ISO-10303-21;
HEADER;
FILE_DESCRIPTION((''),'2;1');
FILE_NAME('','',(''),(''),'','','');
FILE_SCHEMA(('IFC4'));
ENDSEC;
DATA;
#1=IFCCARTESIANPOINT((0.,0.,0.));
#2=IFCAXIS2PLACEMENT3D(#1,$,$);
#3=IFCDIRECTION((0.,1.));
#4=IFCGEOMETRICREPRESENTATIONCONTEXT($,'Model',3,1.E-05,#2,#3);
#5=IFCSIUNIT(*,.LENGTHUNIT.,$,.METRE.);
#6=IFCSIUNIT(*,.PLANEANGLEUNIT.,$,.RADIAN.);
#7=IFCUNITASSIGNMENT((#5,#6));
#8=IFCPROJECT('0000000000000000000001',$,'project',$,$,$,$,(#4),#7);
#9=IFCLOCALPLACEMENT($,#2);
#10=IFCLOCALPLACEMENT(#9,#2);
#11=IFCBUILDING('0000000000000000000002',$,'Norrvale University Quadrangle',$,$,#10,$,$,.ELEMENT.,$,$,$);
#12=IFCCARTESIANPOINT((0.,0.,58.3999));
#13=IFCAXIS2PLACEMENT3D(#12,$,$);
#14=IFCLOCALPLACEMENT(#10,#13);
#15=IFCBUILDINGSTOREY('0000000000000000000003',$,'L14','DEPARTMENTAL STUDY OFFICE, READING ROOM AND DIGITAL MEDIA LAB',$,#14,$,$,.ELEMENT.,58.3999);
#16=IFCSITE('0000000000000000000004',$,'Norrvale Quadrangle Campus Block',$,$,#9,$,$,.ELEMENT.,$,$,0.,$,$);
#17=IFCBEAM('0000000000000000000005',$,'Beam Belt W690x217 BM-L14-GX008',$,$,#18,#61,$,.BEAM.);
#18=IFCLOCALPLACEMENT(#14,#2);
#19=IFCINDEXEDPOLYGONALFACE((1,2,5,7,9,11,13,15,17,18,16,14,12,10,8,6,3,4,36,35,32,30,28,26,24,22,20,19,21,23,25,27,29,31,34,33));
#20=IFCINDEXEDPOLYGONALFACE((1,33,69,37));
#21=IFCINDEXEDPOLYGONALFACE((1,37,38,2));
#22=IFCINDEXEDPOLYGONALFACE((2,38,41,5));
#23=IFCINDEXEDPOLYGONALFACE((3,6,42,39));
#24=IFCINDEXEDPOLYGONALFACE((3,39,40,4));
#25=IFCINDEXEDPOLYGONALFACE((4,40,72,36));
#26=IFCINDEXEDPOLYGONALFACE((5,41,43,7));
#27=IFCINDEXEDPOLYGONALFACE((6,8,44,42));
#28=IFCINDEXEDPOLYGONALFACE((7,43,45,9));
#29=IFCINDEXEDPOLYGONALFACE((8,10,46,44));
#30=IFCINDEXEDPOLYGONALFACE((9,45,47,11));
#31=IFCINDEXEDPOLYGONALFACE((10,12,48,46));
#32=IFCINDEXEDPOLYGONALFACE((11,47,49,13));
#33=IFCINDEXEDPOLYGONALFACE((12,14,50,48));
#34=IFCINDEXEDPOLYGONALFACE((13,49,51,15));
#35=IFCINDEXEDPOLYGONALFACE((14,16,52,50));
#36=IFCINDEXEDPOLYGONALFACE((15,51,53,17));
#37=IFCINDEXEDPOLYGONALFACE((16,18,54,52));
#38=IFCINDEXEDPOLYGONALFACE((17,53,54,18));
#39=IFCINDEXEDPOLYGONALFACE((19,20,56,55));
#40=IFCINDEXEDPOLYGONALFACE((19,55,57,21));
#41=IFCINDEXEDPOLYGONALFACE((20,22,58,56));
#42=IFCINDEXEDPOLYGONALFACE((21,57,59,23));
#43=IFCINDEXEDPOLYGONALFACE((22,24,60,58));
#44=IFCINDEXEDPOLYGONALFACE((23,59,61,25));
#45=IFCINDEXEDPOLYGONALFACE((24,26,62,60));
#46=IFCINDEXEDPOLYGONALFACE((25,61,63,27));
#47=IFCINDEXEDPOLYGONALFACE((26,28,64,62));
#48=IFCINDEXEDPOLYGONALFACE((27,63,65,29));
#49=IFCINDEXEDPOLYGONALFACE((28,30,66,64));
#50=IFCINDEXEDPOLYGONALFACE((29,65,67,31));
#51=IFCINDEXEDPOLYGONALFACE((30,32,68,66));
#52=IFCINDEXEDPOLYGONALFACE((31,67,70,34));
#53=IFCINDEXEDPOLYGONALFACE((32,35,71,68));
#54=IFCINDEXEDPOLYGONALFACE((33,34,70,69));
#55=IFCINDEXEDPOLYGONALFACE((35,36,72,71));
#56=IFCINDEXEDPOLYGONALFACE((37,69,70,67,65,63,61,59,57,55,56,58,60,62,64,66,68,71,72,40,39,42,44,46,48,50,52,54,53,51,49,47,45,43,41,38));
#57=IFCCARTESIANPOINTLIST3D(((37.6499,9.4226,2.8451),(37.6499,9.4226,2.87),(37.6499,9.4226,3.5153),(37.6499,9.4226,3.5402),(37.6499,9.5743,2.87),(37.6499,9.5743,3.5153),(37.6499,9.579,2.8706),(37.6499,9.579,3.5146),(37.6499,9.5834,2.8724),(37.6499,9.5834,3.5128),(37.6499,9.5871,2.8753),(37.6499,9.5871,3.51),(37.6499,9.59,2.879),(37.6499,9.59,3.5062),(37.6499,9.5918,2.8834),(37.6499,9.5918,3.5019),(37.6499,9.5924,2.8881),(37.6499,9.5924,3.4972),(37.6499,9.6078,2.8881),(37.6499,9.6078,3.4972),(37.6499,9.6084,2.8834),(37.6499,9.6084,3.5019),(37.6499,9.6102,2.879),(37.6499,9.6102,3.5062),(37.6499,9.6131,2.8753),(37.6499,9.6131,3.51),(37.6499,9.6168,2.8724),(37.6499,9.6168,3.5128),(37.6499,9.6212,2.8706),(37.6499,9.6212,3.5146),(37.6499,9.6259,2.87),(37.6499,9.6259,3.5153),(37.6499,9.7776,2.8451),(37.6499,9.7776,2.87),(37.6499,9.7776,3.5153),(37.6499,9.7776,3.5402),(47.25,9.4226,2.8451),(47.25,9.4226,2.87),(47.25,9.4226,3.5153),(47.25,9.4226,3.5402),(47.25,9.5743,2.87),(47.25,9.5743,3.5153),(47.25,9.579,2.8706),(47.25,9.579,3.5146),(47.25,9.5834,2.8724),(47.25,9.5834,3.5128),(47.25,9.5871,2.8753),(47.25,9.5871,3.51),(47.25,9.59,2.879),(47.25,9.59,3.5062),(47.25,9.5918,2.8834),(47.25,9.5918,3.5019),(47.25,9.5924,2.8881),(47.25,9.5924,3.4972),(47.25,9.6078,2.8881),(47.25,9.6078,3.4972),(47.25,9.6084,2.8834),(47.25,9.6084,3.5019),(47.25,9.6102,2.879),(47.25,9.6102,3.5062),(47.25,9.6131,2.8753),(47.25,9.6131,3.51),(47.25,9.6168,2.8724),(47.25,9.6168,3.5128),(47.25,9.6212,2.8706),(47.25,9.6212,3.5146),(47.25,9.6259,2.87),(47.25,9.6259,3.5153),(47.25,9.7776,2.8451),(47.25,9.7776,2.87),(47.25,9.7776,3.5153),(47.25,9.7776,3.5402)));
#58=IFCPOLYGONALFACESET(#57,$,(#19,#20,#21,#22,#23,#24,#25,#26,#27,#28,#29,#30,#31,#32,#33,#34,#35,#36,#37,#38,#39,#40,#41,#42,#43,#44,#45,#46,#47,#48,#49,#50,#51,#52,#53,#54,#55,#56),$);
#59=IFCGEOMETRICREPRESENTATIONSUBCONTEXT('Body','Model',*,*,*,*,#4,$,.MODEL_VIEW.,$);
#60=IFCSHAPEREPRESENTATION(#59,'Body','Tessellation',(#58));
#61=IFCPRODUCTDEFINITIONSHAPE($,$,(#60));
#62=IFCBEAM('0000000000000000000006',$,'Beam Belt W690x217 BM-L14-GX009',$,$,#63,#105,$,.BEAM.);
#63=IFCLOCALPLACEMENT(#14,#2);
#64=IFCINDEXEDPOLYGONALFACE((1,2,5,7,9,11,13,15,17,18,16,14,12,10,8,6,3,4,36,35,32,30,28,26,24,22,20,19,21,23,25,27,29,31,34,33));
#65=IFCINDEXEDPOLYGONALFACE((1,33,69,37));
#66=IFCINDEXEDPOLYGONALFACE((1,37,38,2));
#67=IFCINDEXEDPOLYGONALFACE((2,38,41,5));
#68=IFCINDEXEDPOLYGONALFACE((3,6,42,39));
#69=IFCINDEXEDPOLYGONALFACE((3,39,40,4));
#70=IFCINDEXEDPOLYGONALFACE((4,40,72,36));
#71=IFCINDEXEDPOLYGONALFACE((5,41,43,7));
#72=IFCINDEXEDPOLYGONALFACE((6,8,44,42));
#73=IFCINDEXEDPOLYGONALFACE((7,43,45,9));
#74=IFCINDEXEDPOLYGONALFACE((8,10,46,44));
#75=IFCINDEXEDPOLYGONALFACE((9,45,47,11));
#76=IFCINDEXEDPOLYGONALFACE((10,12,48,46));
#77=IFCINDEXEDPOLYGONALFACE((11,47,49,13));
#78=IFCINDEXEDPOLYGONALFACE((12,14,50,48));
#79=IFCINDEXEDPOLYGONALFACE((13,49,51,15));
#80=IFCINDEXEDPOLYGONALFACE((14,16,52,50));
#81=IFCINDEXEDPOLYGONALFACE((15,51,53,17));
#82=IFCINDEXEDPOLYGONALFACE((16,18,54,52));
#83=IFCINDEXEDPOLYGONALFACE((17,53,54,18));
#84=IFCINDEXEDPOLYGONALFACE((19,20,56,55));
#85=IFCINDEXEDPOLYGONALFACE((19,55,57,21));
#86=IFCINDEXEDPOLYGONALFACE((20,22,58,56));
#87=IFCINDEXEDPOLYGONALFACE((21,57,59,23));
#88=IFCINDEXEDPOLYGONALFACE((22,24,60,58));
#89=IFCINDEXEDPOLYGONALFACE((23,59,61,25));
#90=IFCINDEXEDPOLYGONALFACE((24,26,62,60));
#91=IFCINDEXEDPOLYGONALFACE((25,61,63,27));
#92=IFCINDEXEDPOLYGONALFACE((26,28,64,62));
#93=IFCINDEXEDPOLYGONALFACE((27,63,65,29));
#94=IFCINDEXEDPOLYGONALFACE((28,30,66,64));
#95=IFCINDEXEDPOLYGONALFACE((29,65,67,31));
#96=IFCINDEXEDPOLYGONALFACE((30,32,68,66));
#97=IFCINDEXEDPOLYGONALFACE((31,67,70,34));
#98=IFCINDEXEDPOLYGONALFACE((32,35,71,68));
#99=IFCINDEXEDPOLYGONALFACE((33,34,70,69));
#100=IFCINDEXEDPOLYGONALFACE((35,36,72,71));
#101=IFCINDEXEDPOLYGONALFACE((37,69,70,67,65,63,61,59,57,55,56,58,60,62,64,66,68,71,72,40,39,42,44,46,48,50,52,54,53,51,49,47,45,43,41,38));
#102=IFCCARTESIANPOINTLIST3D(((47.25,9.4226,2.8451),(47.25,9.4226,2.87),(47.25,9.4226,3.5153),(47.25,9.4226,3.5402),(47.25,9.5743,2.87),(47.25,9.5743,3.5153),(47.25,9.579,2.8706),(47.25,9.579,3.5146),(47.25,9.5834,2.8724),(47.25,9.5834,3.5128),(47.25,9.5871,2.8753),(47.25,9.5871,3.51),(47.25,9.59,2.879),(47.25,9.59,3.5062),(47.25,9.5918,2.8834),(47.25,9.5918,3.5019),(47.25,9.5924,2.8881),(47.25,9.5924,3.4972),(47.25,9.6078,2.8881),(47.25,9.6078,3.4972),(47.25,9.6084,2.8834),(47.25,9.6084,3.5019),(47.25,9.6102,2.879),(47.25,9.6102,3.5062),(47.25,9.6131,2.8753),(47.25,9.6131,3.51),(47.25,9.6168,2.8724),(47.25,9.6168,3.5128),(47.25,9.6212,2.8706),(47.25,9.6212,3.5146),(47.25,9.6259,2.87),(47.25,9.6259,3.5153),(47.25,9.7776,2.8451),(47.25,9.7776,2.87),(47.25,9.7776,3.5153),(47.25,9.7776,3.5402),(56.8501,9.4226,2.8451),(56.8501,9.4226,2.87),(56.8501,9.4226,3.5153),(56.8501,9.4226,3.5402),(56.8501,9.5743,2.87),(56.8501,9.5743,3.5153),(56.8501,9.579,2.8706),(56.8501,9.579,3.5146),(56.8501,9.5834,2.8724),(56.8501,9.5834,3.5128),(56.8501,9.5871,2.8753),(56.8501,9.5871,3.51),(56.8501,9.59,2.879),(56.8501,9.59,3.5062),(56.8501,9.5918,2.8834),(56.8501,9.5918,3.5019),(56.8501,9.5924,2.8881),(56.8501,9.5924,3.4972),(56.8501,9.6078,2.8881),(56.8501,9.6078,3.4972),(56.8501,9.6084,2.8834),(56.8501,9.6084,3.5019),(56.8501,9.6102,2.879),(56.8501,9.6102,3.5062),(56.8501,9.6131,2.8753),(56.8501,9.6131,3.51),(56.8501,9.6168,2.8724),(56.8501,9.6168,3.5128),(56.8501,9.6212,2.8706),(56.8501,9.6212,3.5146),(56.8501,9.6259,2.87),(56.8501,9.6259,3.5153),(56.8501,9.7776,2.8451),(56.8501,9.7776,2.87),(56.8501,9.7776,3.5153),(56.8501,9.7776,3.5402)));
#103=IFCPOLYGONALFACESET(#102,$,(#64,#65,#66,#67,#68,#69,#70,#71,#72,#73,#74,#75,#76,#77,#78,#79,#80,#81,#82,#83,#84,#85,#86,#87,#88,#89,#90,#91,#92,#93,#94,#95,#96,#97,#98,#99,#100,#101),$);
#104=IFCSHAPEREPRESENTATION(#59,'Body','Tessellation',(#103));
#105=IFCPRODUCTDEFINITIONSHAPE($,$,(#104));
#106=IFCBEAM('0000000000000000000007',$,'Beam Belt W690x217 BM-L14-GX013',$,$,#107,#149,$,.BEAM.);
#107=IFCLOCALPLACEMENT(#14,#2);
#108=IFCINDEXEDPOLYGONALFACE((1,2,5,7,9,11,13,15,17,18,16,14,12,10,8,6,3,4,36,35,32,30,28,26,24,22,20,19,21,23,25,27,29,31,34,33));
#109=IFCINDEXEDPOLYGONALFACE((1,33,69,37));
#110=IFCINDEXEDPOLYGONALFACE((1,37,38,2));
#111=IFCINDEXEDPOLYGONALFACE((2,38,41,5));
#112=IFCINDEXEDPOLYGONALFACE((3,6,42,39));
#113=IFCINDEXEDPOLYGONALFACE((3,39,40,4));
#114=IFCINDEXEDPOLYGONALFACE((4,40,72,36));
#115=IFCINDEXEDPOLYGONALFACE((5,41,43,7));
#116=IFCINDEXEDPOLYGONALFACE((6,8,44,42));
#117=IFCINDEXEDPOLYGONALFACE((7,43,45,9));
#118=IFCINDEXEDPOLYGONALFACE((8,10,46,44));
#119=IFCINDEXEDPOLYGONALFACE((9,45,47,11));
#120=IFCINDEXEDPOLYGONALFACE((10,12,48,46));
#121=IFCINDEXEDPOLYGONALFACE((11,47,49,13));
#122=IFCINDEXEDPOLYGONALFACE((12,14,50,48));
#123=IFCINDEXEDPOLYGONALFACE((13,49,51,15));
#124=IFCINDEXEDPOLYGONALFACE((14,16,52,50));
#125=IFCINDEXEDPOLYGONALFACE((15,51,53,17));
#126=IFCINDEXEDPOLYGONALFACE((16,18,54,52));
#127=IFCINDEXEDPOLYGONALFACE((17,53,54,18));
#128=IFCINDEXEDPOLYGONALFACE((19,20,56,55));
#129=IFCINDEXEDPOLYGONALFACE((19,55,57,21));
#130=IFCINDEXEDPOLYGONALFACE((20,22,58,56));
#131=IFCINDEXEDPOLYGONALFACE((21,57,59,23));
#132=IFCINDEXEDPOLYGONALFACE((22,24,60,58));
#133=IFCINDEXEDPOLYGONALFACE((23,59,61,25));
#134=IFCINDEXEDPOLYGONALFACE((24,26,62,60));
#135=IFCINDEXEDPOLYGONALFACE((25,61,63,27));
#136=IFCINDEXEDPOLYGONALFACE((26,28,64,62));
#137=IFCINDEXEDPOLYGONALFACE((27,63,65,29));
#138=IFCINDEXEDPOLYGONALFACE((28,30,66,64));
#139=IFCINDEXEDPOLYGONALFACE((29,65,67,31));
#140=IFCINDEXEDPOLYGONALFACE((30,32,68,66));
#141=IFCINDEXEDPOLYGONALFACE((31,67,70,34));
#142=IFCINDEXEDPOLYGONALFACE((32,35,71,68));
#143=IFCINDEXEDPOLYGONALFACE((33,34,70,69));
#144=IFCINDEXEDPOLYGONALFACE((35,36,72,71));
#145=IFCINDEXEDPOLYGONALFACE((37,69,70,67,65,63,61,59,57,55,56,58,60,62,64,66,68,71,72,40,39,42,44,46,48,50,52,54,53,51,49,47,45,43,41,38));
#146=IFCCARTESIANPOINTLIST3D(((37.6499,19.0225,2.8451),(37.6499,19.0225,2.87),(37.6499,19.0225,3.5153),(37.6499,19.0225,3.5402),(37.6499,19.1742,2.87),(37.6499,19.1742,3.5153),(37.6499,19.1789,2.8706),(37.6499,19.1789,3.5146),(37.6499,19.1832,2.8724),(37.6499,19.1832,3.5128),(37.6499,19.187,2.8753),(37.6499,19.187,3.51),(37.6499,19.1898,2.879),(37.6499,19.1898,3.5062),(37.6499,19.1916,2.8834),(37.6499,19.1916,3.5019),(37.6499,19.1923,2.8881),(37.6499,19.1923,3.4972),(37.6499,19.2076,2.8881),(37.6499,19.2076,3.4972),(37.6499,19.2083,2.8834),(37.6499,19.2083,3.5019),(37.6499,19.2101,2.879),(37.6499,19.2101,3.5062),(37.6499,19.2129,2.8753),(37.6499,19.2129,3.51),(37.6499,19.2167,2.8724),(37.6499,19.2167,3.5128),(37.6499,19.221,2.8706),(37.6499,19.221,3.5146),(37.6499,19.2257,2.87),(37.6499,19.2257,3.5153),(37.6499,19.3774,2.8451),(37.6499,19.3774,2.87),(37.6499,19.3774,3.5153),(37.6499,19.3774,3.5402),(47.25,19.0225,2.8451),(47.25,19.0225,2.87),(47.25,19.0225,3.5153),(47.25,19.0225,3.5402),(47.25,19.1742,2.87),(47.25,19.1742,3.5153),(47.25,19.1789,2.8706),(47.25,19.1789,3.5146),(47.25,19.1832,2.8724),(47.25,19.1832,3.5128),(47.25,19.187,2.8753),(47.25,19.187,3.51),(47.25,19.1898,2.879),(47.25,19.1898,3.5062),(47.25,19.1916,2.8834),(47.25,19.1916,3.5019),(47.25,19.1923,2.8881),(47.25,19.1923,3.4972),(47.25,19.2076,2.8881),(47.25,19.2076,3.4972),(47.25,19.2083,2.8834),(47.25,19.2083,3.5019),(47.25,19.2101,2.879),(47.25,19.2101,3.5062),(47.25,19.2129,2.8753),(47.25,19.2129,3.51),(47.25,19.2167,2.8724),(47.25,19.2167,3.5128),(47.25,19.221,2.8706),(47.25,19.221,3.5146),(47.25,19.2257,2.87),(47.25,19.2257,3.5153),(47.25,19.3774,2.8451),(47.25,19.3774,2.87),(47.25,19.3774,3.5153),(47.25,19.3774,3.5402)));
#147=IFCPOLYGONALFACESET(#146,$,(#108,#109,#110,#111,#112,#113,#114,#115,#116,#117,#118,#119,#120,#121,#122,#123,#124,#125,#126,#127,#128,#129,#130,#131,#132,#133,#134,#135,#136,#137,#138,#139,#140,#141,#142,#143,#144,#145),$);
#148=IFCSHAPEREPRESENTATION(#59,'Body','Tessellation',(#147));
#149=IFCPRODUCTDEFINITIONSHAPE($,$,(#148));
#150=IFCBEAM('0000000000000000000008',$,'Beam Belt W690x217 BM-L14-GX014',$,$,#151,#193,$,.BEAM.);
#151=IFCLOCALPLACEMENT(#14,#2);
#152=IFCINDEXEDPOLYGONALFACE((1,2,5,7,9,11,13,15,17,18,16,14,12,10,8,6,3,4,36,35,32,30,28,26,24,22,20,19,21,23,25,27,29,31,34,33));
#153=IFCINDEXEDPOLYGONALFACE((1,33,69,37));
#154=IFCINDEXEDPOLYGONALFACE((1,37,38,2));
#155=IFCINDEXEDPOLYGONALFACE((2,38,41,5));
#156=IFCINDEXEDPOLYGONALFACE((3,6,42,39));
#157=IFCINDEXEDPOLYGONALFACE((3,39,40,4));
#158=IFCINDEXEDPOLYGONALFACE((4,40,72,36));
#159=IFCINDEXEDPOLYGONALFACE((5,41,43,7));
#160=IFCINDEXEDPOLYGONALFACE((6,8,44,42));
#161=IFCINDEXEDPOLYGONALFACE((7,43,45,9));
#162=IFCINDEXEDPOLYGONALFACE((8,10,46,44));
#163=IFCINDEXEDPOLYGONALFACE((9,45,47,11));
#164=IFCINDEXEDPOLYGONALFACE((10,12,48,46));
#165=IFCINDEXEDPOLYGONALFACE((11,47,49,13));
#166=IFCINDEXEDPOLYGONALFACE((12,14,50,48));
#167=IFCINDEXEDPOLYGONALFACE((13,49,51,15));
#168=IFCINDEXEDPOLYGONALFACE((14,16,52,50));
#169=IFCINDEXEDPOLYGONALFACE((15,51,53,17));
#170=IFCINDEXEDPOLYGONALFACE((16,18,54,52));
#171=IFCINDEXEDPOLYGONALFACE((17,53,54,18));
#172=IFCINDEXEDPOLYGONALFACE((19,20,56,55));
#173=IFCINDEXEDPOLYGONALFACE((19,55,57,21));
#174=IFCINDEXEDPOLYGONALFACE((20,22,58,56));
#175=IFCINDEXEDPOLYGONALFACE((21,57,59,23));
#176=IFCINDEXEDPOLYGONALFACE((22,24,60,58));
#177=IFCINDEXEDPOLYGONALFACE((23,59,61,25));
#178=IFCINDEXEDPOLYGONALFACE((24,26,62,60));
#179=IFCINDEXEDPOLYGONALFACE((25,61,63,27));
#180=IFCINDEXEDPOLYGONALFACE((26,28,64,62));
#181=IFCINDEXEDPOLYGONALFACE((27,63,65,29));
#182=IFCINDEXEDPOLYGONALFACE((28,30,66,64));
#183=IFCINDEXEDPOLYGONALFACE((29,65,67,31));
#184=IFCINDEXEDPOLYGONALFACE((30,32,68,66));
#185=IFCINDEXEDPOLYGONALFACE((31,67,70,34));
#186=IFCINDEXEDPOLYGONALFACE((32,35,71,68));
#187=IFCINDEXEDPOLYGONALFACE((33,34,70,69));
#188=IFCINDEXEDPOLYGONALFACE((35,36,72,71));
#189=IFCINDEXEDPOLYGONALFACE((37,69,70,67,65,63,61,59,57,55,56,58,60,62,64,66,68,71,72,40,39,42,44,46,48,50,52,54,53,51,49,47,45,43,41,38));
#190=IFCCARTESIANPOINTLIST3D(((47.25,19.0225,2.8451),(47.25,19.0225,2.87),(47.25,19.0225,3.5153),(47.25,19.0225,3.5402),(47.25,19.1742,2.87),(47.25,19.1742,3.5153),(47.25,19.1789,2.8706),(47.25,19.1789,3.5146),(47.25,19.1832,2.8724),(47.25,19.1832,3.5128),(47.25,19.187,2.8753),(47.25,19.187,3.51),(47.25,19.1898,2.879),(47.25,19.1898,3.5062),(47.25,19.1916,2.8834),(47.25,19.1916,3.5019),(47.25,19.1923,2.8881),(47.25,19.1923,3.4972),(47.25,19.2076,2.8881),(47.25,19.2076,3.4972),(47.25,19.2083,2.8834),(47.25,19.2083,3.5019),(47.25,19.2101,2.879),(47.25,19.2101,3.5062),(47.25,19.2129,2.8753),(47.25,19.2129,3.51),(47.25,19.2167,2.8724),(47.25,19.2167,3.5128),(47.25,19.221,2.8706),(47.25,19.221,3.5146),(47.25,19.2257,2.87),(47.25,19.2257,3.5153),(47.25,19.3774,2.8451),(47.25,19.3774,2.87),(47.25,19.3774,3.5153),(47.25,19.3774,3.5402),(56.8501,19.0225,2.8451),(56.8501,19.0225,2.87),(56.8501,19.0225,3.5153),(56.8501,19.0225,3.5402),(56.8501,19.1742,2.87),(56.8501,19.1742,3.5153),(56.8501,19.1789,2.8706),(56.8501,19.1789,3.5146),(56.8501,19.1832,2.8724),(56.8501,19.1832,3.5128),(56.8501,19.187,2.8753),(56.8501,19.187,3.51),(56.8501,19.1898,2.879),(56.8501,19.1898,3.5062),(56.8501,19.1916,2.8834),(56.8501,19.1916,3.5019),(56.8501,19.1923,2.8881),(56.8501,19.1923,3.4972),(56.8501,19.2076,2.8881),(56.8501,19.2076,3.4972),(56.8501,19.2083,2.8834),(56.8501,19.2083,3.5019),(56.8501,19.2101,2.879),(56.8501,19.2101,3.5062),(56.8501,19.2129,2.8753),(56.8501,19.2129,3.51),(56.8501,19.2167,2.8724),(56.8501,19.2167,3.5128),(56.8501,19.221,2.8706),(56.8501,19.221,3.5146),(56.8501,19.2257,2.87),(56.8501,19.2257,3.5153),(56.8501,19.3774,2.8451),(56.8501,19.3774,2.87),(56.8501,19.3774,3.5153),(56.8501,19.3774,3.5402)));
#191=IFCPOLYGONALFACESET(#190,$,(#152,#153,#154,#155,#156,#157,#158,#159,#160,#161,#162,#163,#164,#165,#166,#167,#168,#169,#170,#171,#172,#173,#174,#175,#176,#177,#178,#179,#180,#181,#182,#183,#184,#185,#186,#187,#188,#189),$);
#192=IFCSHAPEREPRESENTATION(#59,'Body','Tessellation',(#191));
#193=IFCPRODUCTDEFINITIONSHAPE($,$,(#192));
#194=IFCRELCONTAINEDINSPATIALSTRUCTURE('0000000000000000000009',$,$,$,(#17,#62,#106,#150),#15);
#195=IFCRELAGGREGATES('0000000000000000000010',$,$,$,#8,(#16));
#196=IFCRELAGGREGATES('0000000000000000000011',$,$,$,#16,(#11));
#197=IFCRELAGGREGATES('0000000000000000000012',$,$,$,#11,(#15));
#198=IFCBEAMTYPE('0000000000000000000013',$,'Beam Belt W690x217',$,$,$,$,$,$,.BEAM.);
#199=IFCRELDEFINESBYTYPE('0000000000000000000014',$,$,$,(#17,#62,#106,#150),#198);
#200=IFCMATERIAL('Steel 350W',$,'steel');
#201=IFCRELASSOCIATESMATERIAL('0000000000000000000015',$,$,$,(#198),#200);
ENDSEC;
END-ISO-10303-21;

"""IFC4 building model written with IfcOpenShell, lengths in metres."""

from ifc_helpers import new_model, si_unit, direction, frame, origin, origin_2d, place, context, subcontext, project, spatial, i_section, extrude, material, material_profile, profile_set, type_object, element, save


model = new_model("IFC4")

# Units and contexts
model_context = context("Model", 3, precision=1e-05, world=origin(), true_north=direction((0.0, 1.0)))
body_context = subcontext(model_context, "Body", "Model", "MODEL_VIEW")
ifc_project = project(units=[si_unit("LENGTHUNIT", "METRE"), si_unit("PLANEANGLEUNIT", "RADIAN")], contexts=[model_context])

# Site, building, storey
site_placement = place(None, origin())
site = spatial("IfcSite", under=ifc_project, at=site_placement, Name="Norrvale Quadrangle Campus Block", CompositionType="ELEMENT", RefElevation=0.0)
building_placement = place(site_placement, origin())
building = spatial("IfcBuilding", under=site, at=building_placement, Name="Norrvale University Quadrangle", CompositionType="ELEMENT")
storey_placement = place(building_placement, frame((0.0, 0.0, 58.3999)))
storey = spatial("IfcBuildingStorey", under=building, at=storey_placement, Name="L14", Description="DEPARTMENTAL STUDY OFFICE, READING ROOM AND DIGITAL MEDIA LAB", CompositionType="ELEMENT", Elevation=58.3999)

# Beams
ifc_material_1 = material(Name="Steel 350W", Category="steel")
ifc_material_profile_1 = material_profile(ifc_material_1, i_section(OverallWidth=0.355, OverallDepth=0.6951, WebThickness=0.0154, FlangeThickness=0.0249, FilletRadius=0.0181, at=origin_2d()), Name="Steel 350W")
ifc_profile_set_1 = profile_set([ifc_material_profile_1], Name="Steel 350W")
beam_type_1 = type_object("IfcBeamType", Name="Beam Belt W690x217", PredefinedType="BEAM", material=ifc_profile_set_1)
for number, where, z_axis, x_axis, name in (
    (1, (37.6499, 9.6001, 3.1926), (1.0, 0.0, 0.0), (0.0, 1.0, 0.0), "Beam Belt W690x217 BM-L14-GX008"),
    (2, (47.25, 9.6001, 3.1926), (1.0, 0.0, 0.0), (0.0, 1.0, 0.0), "Beam Belt W690x217 BM-L14-GX009"),
    (3, (37.6499, 19.2, 3.1926), (1.0, 0.0, 0.0), (0.0, 1.0, 0.0), "Beam Belt W690x217 BM-L14-GX013"),
    (4, (47.25, 19.2, 3.1926), (1.0, 0.0, 0.0), (0.0, 1.0, 0.0), "Beam Belt W690x217 BM-L14-GX014"),
):
    element("IfcBeam", number, at=place(storey_placement, frame(where, z_axis=z_axis, x_axis=x_axis)), inside=storey, type_object=beam_type_1, Name=name, PredefinedType="BEAM", context=body_context, shape_type="SweptSolid", body=[
        extrude(i_section(OverallWidth=0.355, OverallDepth=0.6951, WebThickness=0.0154, FlangeThickness=0.0249, FilletRadius=0.0181, at=origin_2d()), origin(), (0.0, 0.0, 1.0), 9.6001),
    ])

save(model, "model.ifc")
